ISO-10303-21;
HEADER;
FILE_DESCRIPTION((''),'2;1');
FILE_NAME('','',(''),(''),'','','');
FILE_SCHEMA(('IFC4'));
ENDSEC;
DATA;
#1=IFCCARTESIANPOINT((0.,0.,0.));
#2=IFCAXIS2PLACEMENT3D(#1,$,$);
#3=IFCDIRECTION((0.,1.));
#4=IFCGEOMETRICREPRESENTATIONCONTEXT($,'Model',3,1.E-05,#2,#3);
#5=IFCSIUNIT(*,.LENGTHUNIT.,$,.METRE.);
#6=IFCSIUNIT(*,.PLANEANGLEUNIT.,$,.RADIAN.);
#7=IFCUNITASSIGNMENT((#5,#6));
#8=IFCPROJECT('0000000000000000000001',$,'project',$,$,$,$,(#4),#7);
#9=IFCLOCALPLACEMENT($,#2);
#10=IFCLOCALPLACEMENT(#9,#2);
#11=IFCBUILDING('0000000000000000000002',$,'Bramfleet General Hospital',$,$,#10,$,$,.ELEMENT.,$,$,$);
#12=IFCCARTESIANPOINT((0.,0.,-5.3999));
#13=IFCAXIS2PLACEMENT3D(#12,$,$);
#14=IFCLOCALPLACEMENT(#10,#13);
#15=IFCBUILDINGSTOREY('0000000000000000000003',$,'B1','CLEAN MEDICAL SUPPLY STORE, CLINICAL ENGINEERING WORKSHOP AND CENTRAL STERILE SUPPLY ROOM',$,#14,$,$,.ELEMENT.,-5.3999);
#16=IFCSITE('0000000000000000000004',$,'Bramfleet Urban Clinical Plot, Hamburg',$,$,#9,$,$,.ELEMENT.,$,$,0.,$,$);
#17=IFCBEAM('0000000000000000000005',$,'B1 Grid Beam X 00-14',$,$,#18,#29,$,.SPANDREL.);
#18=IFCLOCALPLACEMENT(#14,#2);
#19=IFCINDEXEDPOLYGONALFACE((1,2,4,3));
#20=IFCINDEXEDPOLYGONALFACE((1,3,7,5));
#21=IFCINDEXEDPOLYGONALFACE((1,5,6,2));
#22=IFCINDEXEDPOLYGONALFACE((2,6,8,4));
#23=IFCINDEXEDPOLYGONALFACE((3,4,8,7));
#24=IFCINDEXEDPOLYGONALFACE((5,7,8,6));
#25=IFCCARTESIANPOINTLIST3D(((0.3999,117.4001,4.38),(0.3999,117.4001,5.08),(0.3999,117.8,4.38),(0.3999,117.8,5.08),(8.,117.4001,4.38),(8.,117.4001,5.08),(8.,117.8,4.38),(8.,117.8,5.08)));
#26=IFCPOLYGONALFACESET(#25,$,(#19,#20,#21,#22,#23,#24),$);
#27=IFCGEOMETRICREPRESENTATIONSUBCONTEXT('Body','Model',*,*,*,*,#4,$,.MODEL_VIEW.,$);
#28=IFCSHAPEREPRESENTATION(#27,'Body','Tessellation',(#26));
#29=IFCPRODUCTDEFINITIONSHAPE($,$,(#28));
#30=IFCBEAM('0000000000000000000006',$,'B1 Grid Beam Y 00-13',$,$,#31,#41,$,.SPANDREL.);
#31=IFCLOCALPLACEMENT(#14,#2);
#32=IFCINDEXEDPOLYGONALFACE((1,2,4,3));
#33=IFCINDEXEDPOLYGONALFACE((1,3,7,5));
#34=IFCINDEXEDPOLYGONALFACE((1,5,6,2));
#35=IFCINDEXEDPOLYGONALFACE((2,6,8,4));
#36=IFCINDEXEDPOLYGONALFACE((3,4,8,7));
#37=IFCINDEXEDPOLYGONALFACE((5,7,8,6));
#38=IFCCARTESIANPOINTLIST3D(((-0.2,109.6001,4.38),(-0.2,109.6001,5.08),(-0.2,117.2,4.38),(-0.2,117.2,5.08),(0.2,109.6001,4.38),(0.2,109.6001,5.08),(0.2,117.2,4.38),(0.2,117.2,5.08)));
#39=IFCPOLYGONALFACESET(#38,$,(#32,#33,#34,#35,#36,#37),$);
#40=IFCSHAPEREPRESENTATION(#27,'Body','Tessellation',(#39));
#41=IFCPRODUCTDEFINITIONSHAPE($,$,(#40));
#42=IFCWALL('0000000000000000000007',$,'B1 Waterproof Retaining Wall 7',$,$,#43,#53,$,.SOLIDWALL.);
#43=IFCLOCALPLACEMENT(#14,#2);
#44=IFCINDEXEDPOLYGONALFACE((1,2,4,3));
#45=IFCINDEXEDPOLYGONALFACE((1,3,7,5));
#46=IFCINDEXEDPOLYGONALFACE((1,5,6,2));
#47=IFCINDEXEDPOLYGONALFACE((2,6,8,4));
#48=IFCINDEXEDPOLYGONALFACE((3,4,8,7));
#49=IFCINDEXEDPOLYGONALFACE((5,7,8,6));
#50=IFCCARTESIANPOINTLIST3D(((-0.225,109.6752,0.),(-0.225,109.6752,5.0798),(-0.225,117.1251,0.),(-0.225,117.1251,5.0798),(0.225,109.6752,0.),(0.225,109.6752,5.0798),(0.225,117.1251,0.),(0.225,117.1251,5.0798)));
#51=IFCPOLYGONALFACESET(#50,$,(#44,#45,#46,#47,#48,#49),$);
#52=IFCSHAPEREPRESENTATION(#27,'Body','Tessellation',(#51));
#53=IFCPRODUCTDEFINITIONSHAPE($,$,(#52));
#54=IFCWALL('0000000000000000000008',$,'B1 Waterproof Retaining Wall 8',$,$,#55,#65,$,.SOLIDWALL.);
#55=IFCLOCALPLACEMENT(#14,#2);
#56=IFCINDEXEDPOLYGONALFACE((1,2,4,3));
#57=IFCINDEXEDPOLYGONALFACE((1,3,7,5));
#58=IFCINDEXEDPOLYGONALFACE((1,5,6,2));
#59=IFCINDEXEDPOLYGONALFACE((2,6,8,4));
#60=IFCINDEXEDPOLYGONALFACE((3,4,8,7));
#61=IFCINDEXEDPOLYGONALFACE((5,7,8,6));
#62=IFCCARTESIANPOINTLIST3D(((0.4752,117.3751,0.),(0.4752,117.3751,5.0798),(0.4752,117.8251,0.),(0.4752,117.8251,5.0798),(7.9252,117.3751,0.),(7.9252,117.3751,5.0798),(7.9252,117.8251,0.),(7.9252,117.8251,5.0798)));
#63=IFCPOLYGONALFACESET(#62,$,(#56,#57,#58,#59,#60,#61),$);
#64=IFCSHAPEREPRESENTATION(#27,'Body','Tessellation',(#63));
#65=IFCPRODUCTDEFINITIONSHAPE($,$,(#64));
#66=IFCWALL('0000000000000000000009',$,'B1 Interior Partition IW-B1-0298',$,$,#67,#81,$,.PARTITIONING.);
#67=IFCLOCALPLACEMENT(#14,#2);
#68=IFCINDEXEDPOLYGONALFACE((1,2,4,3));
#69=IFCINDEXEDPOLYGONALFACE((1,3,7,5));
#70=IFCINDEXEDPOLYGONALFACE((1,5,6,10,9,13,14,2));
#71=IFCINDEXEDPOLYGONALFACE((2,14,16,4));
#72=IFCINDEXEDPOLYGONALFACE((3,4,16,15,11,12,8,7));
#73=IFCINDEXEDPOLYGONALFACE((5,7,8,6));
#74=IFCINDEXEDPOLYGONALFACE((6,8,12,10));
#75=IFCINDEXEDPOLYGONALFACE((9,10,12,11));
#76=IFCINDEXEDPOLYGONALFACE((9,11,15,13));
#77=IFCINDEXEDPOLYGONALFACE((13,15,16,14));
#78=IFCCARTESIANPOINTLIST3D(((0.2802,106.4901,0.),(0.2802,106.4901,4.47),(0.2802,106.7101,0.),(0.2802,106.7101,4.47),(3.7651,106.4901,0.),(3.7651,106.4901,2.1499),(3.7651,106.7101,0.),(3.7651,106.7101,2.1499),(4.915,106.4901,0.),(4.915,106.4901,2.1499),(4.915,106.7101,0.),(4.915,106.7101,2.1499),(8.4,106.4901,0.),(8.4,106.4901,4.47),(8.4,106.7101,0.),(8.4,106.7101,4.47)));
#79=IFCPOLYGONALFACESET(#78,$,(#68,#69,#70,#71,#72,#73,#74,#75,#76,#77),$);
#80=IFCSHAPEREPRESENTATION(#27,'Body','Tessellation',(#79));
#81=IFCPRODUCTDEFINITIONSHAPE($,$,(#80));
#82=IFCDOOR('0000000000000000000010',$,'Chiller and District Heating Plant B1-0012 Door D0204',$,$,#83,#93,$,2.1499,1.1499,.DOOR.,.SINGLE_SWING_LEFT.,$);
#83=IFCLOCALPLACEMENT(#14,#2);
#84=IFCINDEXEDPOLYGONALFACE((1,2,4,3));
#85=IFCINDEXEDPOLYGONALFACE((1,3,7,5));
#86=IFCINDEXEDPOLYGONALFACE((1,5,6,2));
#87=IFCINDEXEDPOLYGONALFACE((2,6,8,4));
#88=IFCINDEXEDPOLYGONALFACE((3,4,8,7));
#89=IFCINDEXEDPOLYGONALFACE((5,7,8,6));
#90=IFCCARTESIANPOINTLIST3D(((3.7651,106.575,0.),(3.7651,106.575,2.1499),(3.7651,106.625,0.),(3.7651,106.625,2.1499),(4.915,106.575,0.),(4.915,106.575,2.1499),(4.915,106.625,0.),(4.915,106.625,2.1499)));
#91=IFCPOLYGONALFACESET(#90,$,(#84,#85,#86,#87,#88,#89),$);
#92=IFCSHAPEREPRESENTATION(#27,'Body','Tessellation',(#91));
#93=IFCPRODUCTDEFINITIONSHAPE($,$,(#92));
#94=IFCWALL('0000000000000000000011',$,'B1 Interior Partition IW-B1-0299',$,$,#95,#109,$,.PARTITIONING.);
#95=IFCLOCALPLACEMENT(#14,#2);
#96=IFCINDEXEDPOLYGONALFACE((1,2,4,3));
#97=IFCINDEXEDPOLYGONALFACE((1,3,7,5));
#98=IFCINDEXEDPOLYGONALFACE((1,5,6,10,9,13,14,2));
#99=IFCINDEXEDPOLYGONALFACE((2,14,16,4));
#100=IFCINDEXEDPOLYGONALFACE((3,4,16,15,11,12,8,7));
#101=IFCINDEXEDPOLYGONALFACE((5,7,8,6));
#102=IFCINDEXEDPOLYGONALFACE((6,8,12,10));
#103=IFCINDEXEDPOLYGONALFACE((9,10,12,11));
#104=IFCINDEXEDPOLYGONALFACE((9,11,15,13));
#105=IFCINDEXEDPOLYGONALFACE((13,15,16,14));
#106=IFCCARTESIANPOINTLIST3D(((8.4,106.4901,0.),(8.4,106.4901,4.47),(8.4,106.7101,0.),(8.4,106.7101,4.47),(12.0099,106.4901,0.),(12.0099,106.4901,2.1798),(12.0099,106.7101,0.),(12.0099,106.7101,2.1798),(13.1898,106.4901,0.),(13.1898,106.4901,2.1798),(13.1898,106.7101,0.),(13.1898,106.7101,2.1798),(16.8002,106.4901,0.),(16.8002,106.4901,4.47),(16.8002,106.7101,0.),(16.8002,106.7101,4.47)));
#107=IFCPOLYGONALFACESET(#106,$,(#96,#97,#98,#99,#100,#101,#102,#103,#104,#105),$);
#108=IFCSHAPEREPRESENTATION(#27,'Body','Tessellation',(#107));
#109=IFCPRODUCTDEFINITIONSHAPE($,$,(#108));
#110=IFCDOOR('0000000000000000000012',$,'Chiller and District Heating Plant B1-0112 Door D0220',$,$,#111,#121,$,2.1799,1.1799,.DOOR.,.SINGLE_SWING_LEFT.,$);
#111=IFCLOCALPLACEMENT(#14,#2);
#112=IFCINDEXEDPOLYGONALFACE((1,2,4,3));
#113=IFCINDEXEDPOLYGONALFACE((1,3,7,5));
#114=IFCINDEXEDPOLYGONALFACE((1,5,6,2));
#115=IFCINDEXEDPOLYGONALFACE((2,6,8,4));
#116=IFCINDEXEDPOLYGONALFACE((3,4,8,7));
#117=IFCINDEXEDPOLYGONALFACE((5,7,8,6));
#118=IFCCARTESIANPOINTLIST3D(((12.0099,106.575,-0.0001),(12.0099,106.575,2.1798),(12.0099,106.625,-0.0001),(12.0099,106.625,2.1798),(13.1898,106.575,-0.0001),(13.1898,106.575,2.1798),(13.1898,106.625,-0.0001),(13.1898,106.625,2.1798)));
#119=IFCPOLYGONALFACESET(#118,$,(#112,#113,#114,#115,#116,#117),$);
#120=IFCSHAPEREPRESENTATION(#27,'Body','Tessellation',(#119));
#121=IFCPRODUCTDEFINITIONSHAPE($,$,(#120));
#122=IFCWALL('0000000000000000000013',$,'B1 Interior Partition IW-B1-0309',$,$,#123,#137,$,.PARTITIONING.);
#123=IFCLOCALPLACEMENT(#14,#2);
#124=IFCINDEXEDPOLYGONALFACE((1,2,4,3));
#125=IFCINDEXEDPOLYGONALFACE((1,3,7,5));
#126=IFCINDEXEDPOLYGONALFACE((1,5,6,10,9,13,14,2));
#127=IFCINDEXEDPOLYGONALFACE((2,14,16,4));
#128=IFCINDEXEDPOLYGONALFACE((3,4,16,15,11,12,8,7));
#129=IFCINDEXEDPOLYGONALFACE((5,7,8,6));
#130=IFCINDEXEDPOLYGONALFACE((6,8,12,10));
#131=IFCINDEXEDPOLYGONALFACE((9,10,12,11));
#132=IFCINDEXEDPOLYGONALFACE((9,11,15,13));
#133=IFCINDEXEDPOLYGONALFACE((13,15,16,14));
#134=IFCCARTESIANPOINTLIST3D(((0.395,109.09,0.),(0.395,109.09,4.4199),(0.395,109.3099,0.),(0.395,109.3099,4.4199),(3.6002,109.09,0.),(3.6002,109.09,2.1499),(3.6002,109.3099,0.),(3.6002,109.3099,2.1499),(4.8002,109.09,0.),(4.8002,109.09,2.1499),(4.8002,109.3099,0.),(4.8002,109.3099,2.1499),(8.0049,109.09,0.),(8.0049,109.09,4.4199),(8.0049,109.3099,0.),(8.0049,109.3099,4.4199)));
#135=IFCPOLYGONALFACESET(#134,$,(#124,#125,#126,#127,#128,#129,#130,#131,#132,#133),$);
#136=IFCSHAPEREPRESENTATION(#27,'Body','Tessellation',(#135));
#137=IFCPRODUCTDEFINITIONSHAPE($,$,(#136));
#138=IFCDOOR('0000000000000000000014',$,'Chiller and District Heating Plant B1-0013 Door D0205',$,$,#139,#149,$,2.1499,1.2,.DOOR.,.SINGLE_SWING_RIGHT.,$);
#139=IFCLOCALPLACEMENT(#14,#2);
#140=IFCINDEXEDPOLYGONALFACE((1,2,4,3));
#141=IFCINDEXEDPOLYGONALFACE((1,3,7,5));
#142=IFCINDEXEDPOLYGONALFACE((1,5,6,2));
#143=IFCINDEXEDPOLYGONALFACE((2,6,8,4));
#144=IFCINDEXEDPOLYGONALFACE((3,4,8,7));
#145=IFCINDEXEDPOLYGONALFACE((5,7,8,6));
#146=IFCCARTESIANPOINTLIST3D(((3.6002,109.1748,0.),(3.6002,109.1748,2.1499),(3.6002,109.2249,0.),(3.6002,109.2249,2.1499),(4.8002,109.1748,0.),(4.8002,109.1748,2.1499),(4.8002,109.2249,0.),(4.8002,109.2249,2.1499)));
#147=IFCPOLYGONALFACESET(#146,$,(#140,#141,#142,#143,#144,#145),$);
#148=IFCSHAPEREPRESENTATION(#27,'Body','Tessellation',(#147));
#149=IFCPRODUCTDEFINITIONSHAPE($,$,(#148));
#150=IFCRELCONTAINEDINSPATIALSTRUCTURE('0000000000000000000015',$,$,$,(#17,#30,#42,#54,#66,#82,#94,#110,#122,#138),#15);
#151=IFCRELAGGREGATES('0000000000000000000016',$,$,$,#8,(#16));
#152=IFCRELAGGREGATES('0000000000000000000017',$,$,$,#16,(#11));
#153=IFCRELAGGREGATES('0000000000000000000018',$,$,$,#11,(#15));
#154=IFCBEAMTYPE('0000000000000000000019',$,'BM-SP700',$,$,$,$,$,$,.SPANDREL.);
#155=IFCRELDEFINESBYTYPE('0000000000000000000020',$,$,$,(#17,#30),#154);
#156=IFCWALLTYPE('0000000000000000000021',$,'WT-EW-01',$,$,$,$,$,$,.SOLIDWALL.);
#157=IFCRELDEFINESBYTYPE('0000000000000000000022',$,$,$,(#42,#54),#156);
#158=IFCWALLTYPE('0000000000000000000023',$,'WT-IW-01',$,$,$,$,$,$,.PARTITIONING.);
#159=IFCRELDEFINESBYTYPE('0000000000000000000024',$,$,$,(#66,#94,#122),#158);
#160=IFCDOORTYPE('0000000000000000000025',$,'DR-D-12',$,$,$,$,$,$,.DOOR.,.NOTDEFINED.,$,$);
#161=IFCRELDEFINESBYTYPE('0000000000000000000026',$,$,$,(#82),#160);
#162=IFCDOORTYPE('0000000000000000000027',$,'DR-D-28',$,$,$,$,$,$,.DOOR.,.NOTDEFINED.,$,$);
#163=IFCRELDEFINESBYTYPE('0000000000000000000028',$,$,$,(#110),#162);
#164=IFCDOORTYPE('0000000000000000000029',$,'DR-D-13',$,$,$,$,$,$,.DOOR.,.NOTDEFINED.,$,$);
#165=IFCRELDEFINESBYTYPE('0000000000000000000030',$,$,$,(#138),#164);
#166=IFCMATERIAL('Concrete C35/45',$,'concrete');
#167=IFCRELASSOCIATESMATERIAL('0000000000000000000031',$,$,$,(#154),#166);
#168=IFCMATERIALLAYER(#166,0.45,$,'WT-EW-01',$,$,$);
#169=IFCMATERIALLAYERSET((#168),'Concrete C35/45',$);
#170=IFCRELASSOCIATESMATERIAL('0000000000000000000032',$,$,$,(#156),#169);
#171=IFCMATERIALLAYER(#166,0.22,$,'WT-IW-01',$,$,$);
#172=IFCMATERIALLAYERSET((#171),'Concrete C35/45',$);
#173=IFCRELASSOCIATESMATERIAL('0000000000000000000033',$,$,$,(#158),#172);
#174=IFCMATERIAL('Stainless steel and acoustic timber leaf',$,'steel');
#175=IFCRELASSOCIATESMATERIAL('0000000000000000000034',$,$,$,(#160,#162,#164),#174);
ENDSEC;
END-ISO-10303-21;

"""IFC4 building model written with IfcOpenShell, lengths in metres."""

from ifc_helpers import new_model, si_unit, direction, frame, frame_2d, origin, origin_2d, place, context, subcontext, project, spatial, rectangle, extrude, material, layer, layer_set, material_profile, profile_set, type_object, element, fill, save


model = new_model("IFC4")

# Units and contexts
model_context = context("Model", 3, precision=1e-05, world=origin(), true_north=direction((0.0, 1.0)))
body_context = subcontext(model_context, "Body", "Model", "MODEL_VIEW")
ifc_project = project(units=[si_unit("LENGTHUNIT", "METRE"), si_unit("PLANEANGLEUNIT", "RADIAN")], contexts=[model_context])

# Site, building, storey
site_placement = place(None, origin())
site = spatial("IfcSite", under=ifc_project, at=site_placement, Name="Bramfleet Urban Clinical Plot, Hamburg", CompositionType="ELEMENT", RefElevation=0.0)
building_placement = place(site_placement, origin())
building = spatial("IfcBuilding", under=site, at=building_placement, Name="Bramfleet General Hospital", CompositionType="ELEMENT")
storey_placement = place(building_placement, frame((0.0, 0.0, -5.3999)))
storey = spatial("IfcBuildingStorey", under=building, at=storey_placement, Name="B1", Description="CLEAN MEDICAL SUPPLY STORE, CLINICAL ENGINEERING WORKSHOP AND CENTRAL STERILE SUPPLY ROOM", CompositionType="ELEMENT", Elevation=-5.3999)

# Shared definitions
ifc_material_1 = material(Name="Concrete C35/45", Category="concrete")

# Beams
ifc_material_profile_1 = material_profile(ifc_material_1, rectangle(XDim=0.3999, YDim=0.7, at=origin_2d()), Name="RC SP 700x400")
ifc_profile_set_1 = profile_set([ifc_material_profile_1], Name="Concrete C35/45")
beam_type_1 = type_object("IfcBeamType", Name="BM-SP700", PredefinedType="SPANDREL", material=ifc_profile_set_1)
beam_1_placement = place(storey_placement, frame((0.3999, 117.6001, 4.73), z_axis=(1.0, 0.0, 0.0), x_axis=(0.0, 1.0, 0.0)))
element("IfcBeam", 1, at=beam_1_placement, inside=storey, type_object=beam_type_1, Name="B1 Grid Beam X 00-14", PredefinedType="SPANDREL", context=body_context, shape_type="SweptSolid", body=[
    extrude(rectangle(XDim=0.3999, YDim=0.7, at=origin_2d()), origin(), (0.0, 0.0, 1.0), 7.6001),
])
beam_2_placement = place(storey_placement, frame((0.0, 109.6001, 4.73), z_axis=(0.0, 1.0, 0.0), x_axis=(-1.0, 0.0, 0.0)))
element("IfcBeam", 2, at=beam_2_placement, inside=storey, type_object=beam_type_1, Name="B1 Grid Beam Y 00-13", PredefinedType="SPANDREL", context=body_context, shape_type="SweptSolid", body=[
    extrude(rectangle(XDim=0.3999, YDim=0.7, at=origin_2d()), origin(), (0.0, 0.0, 1.0), 7.5999),
])

# Walls
ifc_layer_1 = layer(ifc_material_1, 0.45, Name="WT-EW-01")
ifc_layer_set_1 = layer_set([ifc_layer_1], Name="Concrete C35/45")
wall_type_1 = type_object("IfcWallType", Name="WT-EW-01", PredefinedType="SOLIDWALL", material=ifc_layer_set_1)
for number, where, z_axis, x_axis, name in (
    (3, (0.0, 109.675, 0.0), (0.0, 0.0, 1.0), (0.0, 1.0, 0.0), "B1 Waterproof Retaining Wall 7"),
    (4, (0.4751, 117.6001, 0.0), (0.0, 0.0, 1.0), (1.0, 0.0, 0.0), "B1 Waterproof Retaining Wall 8"),
):
    element("IfcWall", number, at=place(storey_placement, frame(where, z_axis=z_axis, x_axis=x_axis)), inside=storey, type_object=wall_type_1, Name=name, PredefinedType="SOLIDWALL", context=body_context, shape_type="SweptSolid", body=[
        extrude(rectangle(XDim=7.45, YDim=0.45, at=frame_2d((3.7251, 0.0))), origin(), (0.0, 0.0, 1.0), 5.0798),
    ])

# Walls, openings, doors
ifc_layer_2 = layer(ifc_material_1, 0.22, Name="WT-IW-01")
ifc_layer_set_2 = layer_set([ifc_layer_2], Name="Concrete C35/45")
wall_type_2 = type_object("IfcWallType", Name="WT-IW-01", PredefinedType="PARTITIONING", material=ifc_layer_set_2)
wall_1_placement = place(storey_placement, frame((0.28, 106.6001, 0.0), z_axis=(0.0, 0.0, 1.0), x_axis=(1.0, 0.0, 0.0)))
wall_1 = element("IfcWall", 5, at=wall_1_placement, inside=storey, type_object=wall_type_2, Name="B1 Interior Partition IW-B1-0298", PredefinedType="PARTITIONING", context=body_context, shape_type="SweptSolid", body=[
    extrude(rectangle(XDim=8.1199, YDim=0.22, at=frame_2d((4.0601, 0.0))), origin(), (0.0, 0.0, 1.0), 4.47),
])
opening_1_placement = place(wall_1_placement, frame((3.4851, 0.0, 0.0)))
opening_1 = element("IfcOpeningElement", 6, at=opening_1_placement, cuts=wall_1, PredefinedType="OPENING", context=body_context, shape_type="SweptSolid", body=[
    extrude(rectangle(XDim=1.1499, YDim=2.1499, at=frame_2d((0.575, 1.075))), frame((0.0, 0.1199, 0.0), z_axis=(0.0, -1.0, 0.0), x_axis=(1.0, 0.0, 0.0)), (0.0, 0.0, 1.0), 0.24),
])
ifc_material_2 = material(Name="Stainless steel and acoustic timber leaf", Category="steel")
door_type_1 = type_object("IfcDoorType", Name="DR-D-12", OperationType="NOTDEFINED", PredefinedType="DOOR", material=ifc_material_2)
door_1_placement = place(opening_1_placement, origin())
door_1 = element("IfcDoor", 7, at=door_1_placement, inside=storey, type_object=door_type_1, Name="Chiller and District Heating Plant B1-0012 Door D0204", OperationType="SINGLE_SWING_LEFT", OverallHeight=2.1499, OverallWidth=1.1499, PredefinedType="DOOR", context=body_context, shape_type="SweptSolid", body=[
    extrude(rectangle(XDim=1.1499, YDim=2.1499, at=frame_2d((0.575, 1.075))), frame((0.0, 0.0249, 0.0), z_axis=(0.0, -1.0, 0.0), x_axis=(1.0, 0.0, 0.0)), (0.0, 0.0, 1.0), 0.05),
])
fill(opening_1, door_1)
wall_2_placement = place(storey_placement, frame((8.3999, 106.6001, 0.0), z_axis=(0.0, 0.0, 1.0), x_axis=(1.0, 0.0, 0.0)))
wall_2 = element("IfcWall", 8, at=wall_2_placement, inside=storey, type_object=wall_type_2, Name="B1 Interior Partition IW-B1-0299", PredefinedType="PARTITIONING", context=body_context, shape_type="SweptSolid", body=[
    extrude(rectangle(XDim=8.4001, YDim=0.22, at=frame_2d((4.2002, 0.0))), origin(), (0.0, 0.0, 1.0), 4.47),
])
opening_2_placement = place(wall_2_placement, frame((3.6101, 0.0, 0.0)))
opening_2 = element("IfcOpeningElement", 9, at=opening_2_placement, cuts=wall_2, PredefinedType="OPENING", context=body_context, shape_type="SweptSolid", body=[
    extrude(rectangle(XDim=1.1799, YDim=2.1799, at=frame_2d((0.5898, 1.0898))), frame((0.0, 0.1199, 0.0), z_axis=(0.0, -1.0, 0.0), x_axis=(1.0, 0.0, 0.0)), (0.0, 0.0, 1.0), 0.24),
])
door_type_2 = type_object("IfcDoorType", Name="DR-D-28", OperationType="NOTDEFINED", PredefinedType="DOOR", material=ifc_material_2)
door_2_placement = place(opening_2_placement, origin())
door_2 = element("IfcDoor", 10, at=door_2_placement, inside=storey, type_object=door_type_2, Name="Chiller and District Heating Plant B1-0112 Door D0220", OperationType="SINGLE_SWING_LEFT", OverallHeight=2.1799, OverallWidth=1.1799, PredefinedType="DOOR", context=body_context, shape_type="SweptSolid", body=[
    extrude(rectangle(XDim=1.1799, YDim=2.1799, at=frame_2d((0.5898, 1.0898))), frame((0.0, 0.0249, 0.0), z_axis=(0.0, -1.0, 0.0), x_axis=(1.0, 0.0, 0.0)), (0.0, 0.0, 1.0), 0.05),
])
fill(opening_2, door_2)
wall_3_placement = place(storey_placement, frame((0.395, 109.2, 0.0), z_axis=(0.0, 0.0, 1.0), x_axis=(1.0, 0.0, 0.0)))
wall_3 = element("IfcWall", 11, at=wall_3_placement, inside=storey, type_object=wall_type_2, Name="B1 Interior Partition IW-B1-0309", PredefinedType="PARTITIONING", context=body_context, shape_type="SweptSolid", body=[
    extrude(rectangle(XDim=7.6099, YDim=0.22, at=frame_2d((3.8049, 0.0))), origin(), (0.0, 0.0, 1.0), 4.4199),
])
opening_3_placement = place(wall_3_placement, frame((3.2051, 0.0, 0.0)))
opening_3 = element("IfcOpeningElement", 12, at=opening_3_placement, cuts=wall_3, PredefinedType="OPENING", context=body_context, shape_type="SweptSolid", body=[
    extrude(rectangle(XDim=1.2, YDim=2.1499, at=frame_2d((0.6001, 1.075))), frame((0.0, 0.1199, 0.0), z_axis=(0.0, -1.0, 0.0), x_axis=(1.0, 0.0, 0.0)), (0.0, 0.0, 1.0), 0.24),
])
door_type_3 = type_object("IfcDoorType", Name="DR-D-13", OperationType="NOTDEFINED", PredefinedType="DOOR", material=ifc_material_2)
door_3_placement = place(opening_3_placement, origin())
door_3 = element("IfcDoor", 13, at=door_3_placement, inside=storey, type_object=door_type_3, Name="Chiller and District Heating Plant B1-0013 Door D0205", OperationType="SINGLE_SWING_RIGHT", OverallHeight=2.1499, OverallWidth=1.2, PredefinedType="DOOR", context=body_context, shape_type="SweptSolid", body=[
    extrude(rectangle(XDim=1.2, YDim=2.1499, at=frame_2d((0.6001, 1.075))), frame((0.0, 0.0249, 0.0), z_axis=(0.0, -1.0, 0.0), x_axis=(1.0, 0.0, 0.0)), (0.0, 0.0, 1.0), 0.05),
])
fill(opening_3, door_3)

save(model, "model.ifc")
